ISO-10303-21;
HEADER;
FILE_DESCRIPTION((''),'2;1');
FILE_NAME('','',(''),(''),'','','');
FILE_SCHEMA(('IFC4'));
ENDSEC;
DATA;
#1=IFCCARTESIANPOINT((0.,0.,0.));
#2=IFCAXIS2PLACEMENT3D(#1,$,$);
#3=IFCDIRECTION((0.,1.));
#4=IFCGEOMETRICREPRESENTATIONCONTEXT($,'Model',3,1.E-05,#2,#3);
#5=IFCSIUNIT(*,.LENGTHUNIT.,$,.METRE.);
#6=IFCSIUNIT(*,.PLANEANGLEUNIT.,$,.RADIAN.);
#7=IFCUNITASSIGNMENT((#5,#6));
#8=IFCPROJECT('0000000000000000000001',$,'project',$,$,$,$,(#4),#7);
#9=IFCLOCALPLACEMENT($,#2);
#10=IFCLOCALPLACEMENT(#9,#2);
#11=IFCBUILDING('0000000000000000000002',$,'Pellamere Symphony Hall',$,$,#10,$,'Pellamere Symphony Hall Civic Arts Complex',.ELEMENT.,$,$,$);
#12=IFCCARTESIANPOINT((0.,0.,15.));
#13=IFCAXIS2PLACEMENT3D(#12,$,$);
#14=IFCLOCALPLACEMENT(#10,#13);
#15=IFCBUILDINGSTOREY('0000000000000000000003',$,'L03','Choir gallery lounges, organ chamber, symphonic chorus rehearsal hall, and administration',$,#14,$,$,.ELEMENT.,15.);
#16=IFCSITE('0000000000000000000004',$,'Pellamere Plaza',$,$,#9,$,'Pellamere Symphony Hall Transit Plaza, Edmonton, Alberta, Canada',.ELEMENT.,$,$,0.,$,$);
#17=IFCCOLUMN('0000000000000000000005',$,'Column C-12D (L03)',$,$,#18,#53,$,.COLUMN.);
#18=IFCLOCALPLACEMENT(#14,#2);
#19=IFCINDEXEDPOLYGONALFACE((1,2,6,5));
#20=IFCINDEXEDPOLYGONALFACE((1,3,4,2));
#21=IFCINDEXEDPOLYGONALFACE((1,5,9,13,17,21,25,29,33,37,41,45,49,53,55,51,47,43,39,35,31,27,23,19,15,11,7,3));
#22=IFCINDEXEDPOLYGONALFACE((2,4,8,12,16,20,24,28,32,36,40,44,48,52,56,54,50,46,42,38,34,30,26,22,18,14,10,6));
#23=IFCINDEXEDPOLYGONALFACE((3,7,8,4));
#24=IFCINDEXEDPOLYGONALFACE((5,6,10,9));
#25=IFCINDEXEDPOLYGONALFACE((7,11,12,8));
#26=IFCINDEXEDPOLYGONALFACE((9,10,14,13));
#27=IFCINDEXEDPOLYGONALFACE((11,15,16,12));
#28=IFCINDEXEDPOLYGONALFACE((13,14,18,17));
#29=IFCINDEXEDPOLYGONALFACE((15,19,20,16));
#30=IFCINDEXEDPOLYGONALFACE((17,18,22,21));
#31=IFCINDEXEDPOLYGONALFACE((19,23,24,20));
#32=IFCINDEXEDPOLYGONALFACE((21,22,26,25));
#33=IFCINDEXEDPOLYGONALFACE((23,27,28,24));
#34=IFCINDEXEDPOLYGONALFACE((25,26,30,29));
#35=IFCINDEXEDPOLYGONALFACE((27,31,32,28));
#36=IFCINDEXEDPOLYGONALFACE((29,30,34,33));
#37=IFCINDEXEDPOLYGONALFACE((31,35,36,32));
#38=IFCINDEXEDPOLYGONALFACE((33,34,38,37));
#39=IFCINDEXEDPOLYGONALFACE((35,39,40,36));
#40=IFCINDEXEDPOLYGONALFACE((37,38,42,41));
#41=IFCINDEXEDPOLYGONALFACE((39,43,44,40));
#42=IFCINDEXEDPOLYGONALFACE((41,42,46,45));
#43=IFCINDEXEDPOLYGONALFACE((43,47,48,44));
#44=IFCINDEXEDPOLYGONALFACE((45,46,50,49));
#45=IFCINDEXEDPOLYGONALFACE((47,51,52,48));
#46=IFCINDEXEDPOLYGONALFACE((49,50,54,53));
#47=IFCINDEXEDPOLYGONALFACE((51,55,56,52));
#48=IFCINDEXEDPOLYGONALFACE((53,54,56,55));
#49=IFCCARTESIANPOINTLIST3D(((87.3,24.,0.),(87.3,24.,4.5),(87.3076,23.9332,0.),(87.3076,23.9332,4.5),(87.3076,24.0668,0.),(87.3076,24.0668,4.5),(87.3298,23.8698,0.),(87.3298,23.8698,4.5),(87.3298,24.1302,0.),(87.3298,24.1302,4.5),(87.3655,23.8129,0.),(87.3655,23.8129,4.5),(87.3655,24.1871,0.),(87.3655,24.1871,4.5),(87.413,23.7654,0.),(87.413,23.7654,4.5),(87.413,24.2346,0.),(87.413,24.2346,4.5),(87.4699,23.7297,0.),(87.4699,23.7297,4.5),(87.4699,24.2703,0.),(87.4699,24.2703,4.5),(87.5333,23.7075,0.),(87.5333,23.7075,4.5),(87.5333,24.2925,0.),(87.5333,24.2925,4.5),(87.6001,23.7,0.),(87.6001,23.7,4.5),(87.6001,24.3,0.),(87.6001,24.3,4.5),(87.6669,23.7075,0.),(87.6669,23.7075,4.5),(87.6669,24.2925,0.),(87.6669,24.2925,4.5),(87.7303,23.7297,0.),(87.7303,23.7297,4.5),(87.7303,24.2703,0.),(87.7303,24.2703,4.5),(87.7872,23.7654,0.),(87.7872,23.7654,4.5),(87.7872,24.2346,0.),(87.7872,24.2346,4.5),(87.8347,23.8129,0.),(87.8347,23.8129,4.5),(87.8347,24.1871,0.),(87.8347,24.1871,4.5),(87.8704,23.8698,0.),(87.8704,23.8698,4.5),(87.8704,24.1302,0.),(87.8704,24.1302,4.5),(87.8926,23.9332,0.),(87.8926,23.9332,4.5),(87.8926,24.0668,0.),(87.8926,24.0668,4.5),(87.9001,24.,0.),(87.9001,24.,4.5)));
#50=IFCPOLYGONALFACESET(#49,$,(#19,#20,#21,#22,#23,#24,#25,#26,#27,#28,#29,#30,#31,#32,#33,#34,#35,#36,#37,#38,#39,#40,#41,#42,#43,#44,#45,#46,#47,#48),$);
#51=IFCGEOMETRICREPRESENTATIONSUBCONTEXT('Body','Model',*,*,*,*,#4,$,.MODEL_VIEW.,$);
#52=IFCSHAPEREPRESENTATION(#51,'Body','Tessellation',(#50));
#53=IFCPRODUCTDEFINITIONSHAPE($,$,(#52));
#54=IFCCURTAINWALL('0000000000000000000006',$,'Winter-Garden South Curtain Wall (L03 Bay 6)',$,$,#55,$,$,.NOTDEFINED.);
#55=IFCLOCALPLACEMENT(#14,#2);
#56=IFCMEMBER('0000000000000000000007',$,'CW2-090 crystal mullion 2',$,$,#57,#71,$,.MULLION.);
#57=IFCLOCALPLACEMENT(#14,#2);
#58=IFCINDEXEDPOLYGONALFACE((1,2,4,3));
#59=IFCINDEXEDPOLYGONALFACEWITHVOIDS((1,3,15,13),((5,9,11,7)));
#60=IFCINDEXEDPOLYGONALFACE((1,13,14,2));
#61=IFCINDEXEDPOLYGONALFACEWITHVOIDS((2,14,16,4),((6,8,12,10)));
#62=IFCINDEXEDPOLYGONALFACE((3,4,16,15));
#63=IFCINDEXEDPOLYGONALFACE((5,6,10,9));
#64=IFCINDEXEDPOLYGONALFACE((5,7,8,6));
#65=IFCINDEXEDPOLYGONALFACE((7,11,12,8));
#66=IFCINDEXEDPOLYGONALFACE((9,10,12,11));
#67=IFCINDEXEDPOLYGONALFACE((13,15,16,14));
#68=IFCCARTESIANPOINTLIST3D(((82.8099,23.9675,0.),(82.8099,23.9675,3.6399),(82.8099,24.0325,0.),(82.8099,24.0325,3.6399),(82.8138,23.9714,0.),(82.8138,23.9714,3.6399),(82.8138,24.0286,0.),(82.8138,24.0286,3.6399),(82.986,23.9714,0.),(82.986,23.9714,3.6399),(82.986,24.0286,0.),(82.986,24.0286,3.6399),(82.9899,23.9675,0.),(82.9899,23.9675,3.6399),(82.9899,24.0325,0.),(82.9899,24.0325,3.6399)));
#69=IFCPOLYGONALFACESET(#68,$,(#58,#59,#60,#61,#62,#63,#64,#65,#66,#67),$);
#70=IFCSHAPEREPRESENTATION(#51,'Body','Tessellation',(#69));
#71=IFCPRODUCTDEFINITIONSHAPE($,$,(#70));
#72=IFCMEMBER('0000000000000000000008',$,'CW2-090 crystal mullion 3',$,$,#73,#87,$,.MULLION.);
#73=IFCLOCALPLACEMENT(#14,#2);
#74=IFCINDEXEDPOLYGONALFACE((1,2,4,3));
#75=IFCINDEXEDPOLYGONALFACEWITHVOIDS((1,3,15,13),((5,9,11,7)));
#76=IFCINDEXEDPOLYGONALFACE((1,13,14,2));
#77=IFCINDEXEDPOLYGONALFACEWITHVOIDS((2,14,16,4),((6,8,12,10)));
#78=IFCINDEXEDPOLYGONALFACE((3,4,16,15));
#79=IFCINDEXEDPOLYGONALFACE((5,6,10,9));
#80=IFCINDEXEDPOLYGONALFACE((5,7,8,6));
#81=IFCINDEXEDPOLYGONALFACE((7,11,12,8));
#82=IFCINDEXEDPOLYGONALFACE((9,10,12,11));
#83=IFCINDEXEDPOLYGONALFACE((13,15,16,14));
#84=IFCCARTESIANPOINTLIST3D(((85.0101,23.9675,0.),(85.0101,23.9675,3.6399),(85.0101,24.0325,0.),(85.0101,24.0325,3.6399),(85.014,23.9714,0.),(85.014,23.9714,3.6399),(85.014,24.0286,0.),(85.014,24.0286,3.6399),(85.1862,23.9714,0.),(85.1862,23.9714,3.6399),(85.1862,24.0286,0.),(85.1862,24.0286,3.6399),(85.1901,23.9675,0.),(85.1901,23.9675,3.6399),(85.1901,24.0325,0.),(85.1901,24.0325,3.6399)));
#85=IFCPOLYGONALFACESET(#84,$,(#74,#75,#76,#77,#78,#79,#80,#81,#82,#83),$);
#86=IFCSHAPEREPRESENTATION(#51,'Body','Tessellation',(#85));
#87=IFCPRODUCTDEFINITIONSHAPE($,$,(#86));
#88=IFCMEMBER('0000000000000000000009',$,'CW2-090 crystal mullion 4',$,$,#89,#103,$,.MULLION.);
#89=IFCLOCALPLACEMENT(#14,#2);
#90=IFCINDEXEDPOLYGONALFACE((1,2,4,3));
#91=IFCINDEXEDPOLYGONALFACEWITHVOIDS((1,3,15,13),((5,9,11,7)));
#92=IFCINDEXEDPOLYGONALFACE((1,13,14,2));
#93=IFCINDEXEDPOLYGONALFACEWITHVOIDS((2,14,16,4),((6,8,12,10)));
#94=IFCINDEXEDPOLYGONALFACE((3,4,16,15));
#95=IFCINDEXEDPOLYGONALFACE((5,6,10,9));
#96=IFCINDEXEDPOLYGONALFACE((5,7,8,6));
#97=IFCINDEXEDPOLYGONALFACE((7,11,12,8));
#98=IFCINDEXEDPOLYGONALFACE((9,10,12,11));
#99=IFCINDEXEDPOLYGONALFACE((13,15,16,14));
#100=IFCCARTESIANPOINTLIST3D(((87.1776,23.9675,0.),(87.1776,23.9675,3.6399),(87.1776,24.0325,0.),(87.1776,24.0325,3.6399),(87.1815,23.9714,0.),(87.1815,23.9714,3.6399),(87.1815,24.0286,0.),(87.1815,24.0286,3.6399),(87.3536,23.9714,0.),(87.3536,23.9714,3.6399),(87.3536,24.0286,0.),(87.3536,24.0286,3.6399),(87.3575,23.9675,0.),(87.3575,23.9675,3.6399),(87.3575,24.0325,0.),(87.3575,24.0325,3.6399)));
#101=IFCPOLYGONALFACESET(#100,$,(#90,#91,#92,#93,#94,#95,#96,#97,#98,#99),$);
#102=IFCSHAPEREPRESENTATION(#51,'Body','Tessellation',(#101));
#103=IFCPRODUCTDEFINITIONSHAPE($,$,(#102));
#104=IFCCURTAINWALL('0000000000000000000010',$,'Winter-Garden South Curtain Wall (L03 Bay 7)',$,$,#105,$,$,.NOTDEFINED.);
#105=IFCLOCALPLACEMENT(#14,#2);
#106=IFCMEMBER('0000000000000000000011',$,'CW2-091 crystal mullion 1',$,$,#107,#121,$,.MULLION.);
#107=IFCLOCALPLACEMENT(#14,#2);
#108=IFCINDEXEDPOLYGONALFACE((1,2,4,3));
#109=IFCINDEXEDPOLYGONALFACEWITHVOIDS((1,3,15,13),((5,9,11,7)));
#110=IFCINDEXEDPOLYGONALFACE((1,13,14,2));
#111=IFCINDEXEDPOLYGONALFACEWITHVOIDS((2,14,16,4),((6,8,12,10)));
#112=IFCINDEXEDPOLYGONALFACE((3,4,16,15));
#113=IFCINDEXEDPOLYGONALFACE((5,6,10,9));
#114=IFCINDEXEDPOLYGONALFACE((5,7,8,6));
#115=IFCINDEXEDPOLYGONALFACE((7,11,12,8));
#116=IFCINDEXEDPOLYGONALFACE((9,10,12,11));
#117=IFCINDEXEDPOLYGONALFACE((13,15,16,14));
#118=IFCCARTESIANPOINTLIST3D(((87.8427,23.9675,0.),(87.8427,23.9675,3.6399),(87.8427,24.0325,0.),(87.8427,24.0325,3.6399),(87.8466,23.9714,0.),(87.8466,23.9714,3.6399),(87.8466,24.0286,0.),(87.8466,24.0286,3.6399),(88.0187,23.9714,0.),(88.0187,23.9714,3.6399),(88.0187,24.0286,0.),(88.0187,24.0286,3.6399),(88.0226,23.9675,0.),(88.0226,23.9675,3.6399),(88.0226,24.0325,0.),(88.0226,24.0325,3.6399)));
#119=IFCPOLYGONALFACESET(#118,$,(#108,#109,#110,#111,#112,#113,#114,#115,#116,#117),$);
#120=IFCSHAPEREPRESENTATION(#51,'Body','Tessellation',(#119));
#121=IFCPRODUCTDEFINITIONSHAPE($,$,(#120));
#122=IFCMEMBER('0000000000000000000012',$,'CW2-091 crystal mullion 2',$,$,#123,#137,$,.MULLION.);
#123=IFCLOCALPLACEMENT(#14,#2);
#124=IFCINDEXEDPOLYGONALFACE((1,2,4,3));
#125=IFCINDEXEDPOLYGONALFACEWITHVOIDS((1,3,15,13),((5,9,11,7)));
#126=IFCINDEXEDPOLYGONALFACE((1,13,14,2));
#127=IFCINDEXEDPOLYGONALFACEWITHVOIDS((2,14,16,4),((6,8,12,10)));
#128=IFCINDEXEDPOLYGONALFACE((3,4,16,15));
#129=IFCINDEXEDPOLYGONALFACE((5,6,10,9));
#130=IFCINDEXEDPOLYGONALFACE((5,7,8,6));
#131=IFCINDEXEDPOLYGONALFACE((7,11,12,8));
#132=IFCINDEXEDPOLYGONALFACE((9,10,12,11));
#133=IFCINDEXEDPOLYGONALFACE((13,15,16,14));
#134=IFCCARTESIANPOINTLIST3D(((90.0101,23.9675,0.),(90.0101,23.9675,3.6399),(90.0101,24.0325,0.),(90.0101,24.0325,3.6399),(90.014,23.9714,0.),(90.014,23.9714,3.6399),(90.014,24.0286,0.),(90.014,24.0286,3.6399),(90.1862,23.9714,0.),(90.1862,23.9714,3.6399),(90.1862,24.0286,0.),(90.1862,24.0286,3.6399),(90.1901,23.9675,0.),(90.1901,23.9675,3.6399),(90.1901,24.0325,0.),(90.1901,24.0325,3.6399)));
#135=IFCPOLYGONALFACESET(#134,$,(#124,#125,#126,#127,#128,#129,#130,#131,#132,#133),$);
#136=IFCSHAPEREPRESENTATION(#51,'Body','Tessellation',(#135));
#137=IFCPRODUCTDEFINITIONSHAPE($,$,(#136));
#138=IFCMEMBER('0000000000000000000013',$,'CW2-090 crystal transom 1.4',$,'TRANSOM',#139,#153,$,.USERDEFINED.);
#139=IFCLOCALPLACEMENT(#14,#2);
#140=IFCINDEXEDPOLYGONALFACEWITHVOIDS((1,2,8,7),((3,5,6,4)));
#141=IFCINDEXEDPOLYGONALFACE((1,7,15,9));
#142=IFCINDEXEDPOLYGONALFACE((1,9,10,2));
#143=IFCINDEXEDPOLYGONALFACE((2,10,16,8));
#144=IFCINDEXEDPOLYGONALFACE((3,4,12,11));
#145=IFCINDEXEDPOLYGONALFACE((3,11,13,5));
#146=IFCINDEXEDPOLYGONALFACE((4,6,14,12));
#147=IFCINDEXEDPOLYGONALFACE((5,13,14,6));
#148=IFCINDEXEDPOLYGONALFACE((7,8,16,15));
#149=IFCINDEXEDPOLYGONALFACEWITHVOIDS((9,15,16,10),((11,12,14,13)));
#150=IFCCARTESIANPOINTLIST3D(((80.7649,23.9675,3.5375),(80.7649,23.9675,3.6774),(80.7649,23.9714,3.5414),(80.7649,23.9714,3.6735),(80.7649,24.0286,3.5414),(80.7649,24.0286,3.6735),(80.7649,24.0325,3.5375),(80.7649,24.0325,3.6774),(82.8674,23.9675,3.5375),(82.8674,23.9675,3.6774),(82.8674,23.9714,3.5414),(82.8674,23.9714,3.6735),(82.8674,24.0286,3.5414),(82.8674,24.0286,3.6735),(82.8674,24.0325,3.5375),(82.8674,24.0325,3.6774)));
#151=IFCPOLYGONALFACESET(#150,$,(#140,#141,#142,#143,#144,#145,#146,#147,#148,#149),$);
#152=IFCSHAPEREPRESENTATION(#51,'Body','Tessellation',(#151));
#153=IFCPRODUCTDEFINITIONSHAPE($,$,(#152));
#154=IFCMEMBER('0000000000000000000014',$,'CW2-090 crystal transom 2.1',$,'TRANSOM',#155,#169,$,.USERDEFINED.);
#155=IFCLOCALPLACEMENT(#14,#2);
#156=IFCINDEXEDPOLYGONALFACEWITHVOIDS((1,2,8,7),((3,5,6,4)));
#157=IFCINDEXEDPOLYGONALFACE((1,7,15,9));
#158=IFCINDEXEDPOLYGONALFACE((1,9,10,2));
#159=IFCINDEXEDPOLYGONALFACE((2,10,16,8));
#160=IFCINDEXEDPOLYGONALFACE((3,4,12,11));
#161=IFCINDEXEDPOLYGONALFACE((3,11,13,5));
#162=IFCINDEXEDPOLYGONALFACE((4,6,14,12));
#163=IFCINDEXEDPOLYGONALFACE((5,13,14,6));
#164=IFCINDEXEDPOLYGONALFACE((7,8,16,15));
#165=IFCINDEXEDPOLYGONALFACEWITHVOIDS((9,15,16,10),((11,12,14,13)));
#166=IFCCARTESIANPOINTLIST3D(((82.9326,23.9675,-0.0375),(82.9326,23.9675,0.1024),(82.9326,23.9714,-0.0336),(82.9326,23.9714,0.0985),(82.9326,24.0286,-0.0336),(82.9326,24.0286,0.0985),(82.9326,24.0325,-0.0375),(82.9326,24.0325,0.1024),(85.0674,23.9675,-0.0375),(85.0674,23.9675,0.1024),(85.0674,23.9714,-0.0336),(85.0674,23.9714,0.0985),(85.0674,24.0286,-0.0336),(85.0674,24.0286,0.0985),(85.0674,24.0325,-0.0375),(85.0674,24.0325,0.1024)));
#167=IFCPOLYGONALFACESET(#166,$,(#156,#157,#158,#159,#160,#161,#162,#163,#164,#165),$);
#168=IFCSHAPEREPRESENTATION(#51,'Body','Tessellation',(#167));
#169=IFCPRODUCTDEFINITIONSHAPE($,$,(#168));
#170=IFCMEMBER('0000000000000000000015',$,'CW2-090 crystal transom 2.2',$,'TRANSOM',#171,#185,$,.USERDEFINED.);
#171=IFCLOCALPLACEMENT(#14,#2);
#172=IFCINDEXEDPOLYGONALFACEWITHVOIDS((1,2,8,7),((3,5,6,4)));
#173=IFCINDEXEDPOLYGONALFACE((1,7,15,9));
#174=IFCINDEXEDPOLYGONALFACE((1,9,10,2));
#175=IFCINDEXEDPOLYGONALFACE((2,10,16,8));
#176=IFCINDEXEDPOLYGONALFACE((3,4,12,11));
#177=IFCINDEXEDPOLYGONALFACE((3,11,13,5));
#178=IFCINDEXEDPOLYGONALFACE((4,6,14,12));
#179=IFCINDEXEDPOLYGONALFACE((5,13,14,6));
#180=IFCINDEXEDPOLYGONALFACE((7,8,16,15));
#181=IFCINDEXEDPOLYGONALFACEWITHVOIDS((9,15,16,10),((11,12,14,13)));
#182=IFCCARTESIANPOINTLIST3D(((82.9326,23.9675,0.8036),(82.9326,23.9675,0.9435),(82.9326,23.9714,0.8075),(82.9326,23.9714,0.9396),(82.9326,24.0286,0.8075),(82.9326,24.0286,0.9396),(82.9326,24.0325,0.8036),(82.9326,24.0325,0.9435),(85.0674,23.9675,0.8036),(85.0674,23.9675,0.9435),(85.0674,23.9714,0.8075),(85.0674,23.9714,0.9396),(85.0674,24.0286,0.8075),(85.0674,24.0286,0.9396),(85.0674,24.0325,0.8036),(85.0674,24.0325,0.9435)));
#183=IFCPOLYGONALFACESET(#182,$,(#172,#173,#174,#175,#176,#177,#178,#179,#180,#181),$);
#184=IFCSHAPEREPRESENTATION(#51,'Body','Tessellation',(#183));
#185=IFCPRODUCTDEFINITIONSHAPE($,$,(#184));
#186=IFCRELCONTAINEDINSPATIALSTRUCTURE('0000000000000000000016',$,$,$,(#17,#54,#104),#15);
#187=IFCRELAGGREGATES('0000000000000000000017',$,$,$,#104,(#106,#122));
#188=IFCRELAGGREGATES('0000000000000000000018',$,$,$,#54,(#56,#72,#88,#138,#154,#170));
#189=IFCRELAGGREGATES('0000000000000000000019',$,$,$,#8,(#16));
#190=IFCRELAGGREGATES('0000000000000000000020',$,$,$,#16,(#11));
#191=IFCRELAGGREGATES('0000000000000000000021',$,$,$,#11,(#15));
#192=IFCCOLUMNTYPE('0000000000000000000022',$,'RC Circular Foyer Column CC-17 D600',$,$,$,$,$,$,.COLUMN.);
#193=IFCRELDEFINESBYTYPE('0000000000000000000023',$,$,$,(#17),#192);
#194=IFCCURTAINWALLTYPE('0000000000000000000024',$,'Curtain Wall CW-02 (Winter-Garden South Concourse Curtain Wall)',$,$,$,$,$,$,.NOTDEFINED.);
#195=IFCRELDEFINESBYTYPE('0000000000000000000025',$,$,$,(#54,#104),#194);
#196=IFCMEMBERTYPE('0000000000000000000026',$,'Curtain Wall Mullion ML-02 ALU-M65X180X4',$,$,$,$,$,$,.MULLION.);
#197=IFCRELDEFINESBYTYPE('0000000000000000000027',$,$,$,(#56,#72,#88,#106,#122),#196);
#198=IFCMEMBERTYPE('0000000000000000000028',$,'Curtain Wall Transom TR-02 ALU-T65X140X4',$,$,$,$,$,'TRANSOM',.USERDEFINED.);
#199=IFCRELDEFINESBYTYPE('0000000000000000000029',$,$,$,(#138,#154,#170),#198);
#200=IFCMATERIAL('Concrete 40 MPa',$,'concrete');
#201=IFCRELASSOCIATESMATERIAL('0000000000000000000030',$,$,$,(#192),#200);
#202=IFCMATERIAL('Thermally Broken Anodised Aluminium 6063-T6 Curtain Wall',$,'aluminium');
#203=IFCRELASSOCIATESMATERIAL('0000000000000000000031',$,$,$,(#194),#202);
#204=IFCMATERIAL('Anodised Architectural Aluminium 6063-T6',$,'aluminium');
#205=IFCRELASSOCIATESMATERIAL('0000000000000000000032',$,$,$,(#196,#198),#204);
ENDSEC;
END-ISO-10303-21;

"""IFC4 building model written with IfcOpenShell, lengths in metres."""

from ifc_helpers import new_model, si_unit, direction, frame, origin, origin_2d, place, context, subcontext, project, spatial, hollow_rectangle, circle, extrude, material, material_profile, profile_set, type_object, element, aggregate, save


model = new_model("IFC4")

# Units and contexts
model_context = context("Model", 3, precision=1e-05, world=origin(), true_north=direction((0.0, 1.0)))
body_context = subcontext(model_context, "Body", "Model", "MODEL_VIEW")
ifc_project = project(units=[si_unit("LENGTHUNIT", "METRE"), si_unit("PLANEANGLEUNIT", "RADIAN")], contexts=[model_context])

# Site, building, storey
site_placement = place(None, origin())
site = spatial("IfcSite", under=ifc_project, at=site_placement, Name="Pellamere Plaza", LongName="Pellamere Symphony Hall Transit Plaza, Edmonton, Alberta, Canada", CompositionType="ELEMENT", RefElevation=0.0)
building_placement = place(site_placement, origin())
building = spatial("IfcBuilding", under=site, at=building_placement, Name="Pellamere Symphony Hall", LongName="Pellamere Symphony Hall Civic Arts Complex", CompositionType="ELEMENT")
storey_placement = place(building_placement, frame((0.0, 0.0, 15.0)))
storey = spatial("IfcBuildingStorey", under=building, at=storey_placement, Name="L03", Description="Choir gallery lounges, organ chamber, symphonic chorus rehearsal hall, and administration", CompositionType="ELEMENT", Elevation=15.0)

# Column
ifc_material_1 = material(Name="Concrete 40 MPa", Category="concrete")
ifc_material_profile_1 = material_profile(ifc_material_1, circle(Radius=0.3, at=origin_2d()), Name="RCCOL D600")
ifc_profile_set_1 = profile_set([ifc_material_profile_1], Name="Concrete 40 MPa")
column_type = type_object("IfcColumnType", Name="RC Circular Foyer Column CC-17 D600", PredefinedType="COLUMN", material=ifc_profile_set_1)
column_placement = place(storey_placement, frame((87.6001, 24.0, 0.0), z_axis=(0.0, 0.0, 1.0), x_axis=(1.0, 0.0, 0.0)))
element("IfcColumn", 1, at=column_placement, inside=storey, type_object=column_type, Name="Column C-12D (L03)", PredefinedType="COLUMN", context=body_context, shape_type="SweptSolid", body=[
    extrude(circle(Radius=0.3, at=origin_2d()), origin(), (0.0, 0.0, 1.0), 4.5),
])

# Curtain walls, members
ifc_material_2 = material(Name="Thermally Broken Anodised Aluminium 6063-T6 Curtain Wall", Category="aluminium")
curtain_wall_type = type_object("IfcCurtainWallType", Name="Curtain Wall CW-02 (Winter-Garden South Concourse Curtain Wall)", PredefinedType="NOTDEFINED", material=ifc_material_2)
curtain_wall_1_placement = place(storey_placement, origin())
curtain_wall_1 = element("IfcCurtainWall", 2, at=curtain_wall_1_placement, inside=storey, type_object=curtain_wall_type, Name="Winter-Garden South Curtain Wall (L03 Bay 6)", PredefinedType="NOTDEFINED")
ifc_material_3 = material(Name="Anodised Architectural Aluminium 6063-T6", Category="aluminium")
ifc_material_profile_2 = material_profile(ifc_material_3, hollow_rectangle(XDim=0.0649, YDim=0.1799, WallThickness=0.0039, at=origin_2d()), Name="ALU-M65X180X4")
ifc_profile_set_2 = profile_set([ifc_material_profile_2], Name="Anodised Architectural Aluminium 6063-T6")
member_type_1 = type_object("IfcMemberType", Name="Curtain Wall Mullion ML-02 ALU-M65X180X4", PredefinedType="MULLION", material=ifc_profile_set_2)
member_1_placement = place(storey_placement, frame((82.8999, 24.0, 0.0), z_axis=(0.0, 0.0, 1.0), x_axis=(0.0, 1.0, 0.0)))
member_1 = element("IfcMember", 3, at=member_1_placement, type_object=member_type_1, Name="CW2-090 crystal mullion 2", PredefinedType="MULLION", context=body_context, shape_type="SweptSolid", body=[
    extrude(hollow_rectangle(XDim=0.0649, YDim=0.1799, WallThickness=0.0039, at=origin_2d()), origin(), (0.0, 0.0, 1.0), 3.6399),
])
member_2_placement = place(storey_placement, frame((85.1001, 24.0, 0.0), z_axis=(0.0, 0.0, 1.0), x_axis=(0.0, 1.0, 0.0)))
member_2 = element("IfcMember", 4, at=member_2_placement, type_object=member_type_1, Name="CW2-090 crystal mullion 3", PredefinedType="MULLION", context=body_context, shape_type="SweptSolid", body=[
    extrude(hollow_rectangle(XDim=0.0649, YDim=0.1799, WallThickness=0.0039, at=origin_2d()), origin(), (0.0, 0.0, 1.0), 3.6399),
])
member_3_placement = place(storey_placement, frame((87.2676, 24.0, 0.0), z_axis=(0.0, 0.0, 1.0), x_axis=(0.0, 1.0, 0.0)))
member_3 = element("IfcMember", 5, at=member_3_placement, type_object=member_type_1, Name="CW2-090 crystal mullion 4", PredefinedType="MULLION", context=body_context, shape_type="SweptSolid", body=[
    extrude(hollow_rectangle(XDim=0.0649, YDim=0.1799, WallThickness=0.0039, at=origin_2d()), origin(), (0.0, 0.0, 1.0), 3.6399),
])
curtain_wall_2_placement = place(storey_placement, origin())
curtain_wall_2 = element("IfcCurtainWall", 6, at=curtain_wall_2_placement, inside=storey, type_object=curtain_wall_type, Name="Winter-Garden South Curtain Wall (L03 Bay 7)", PredefinedType="NOTDEFINED")
member_4_placement = place(storey_placement, frame((87.9326, 24.0, 0.0), z_axis=(0.0, 0.0, 1.0), x_axis=(0.0, 1.0, 0.0)))
member_4 = element("IfcMember", 7, at=member_4_placement, type_object=member_type_1, Name="CW2-091 crystal mullion 1", PredefinedType="MULLION", context=body_context, shape_type="SweptSolid", body=[
    extrude(hollow_rectangle(XDim=0.0649, YDim=0.1799, WallThickness=0.0039, at=origin_2d()), origin(), (0.0, 0.0, 1.0), 3.6399),
])
member_5_placement = place(storey_placement, frame((90.1001, 24.0, 0.0), z_axis=(0.0, 0.0, 1.0), x_axis=(0.0, 1.0, 0.0)))
member_5 = element("IfcMember", 8, at=member_5_placement, type_object=member_type_1, Name="CW2-091 crystal mullion 2", PredefinedType="MULLION", context=body_context, shape_type="SweptSolid", body=[
    extrude(hollow_rectangle(XDim=0.0649, YDim=0.1799, WallThickness=0.0039, at=origin_2d()), origin(), (0.0, 0.0, 1.0), 3.6399),
])

# Members
ifc_material_profile_3 = material_profile(ifc_material_3, hollow_rectangle(XDim=0.0649, YDim=0.1399, WallThickness=0.0039, at=origin_2d()), Name="ALU-T65X140X4")
ifc_profile_set_3 = profile_set([ifc_material_profile_3], Name="Anodised Architectural Aluminium 6063-T6")
member_type_2 = type_object("IfcMemberType", Name="Curtain Wall Transom TR-02 ALU-T65X140X4", ElementType="TRANSOM", PredefinedType="USERDEFINED", material=ifc_profile_set_3)
member_6_placement = place(storey_placement, frame((80.7649, 24.0, 3.6074), z_axis=(1.0, 0.0, 0.0), x_axis=(0.0, 1.0, 0.0)))
member_6 = element("IfcMember", 9, at=member_6_placement, type_object=member_type_2, Name="CW2-090 crystal transom 1.4", ObjectType="TRANSOM", PredefinedType="USERDEFINED", context=body_context, shape_type="SweptSolid", body=[
    extrude(hollow_rectangle(XDim=0.0649, YDim=0.1399, WallThickness=0.0039, at=origin_2d()), origin(), (0.0, 0.0, 1.0), 2.1025),
])
member_7_placement = place(storey_placement, frame((82.9326, 24.0, 0.0325), z_axis=(1.0, 0.0, 0.0), x_axis=(0.0, 1.0, 0.0)))
member_7 = element("IfcMember", 10, at=member_7_placement, type_object=member_type_2, Name="CW2-090 crystal transom 2.1", ObjectType="TRANSOM", PredefinedType="USERDEFINED", context=body_context, shape_type="SweptSolid", body=[
    extrude(hollow_rectangle(XDim=0.0649, YDim=0.1399, WallThickness=0.0039, at=origin_2d()), origin(), (0.0, 0.0, 1.0), 2.1348),
])
member_8_placement = place(storey_placement, frame((82.9326, 24.0, 0.8735), z_axis=(1.0, 0.0, 0.0), x_axis=(0.0, 1.0, 0.0)))
member_8 = element("IfcMember", 11, at=member_8_placement, type_object=member_type_2, Name="CW2-090 crystal transom 2.2", ObjectType="TRANSOM", PredefinedType="USERDEFINED", context=body_context, shape_type="SweptSolid", body=[
    extrude(hollow_rectangle(XDim=0.0649, YDim=0.1399, WallThickness=0.0039, at=origin_2d()), origin(), (0.0, 0.0, 1.0), 2.1348),
])

aggregate(curtain_wall_2, [member_4, member_5])
aggregate(curtain_wall_1, [member_1, member_2, member_3, member_6, member_7, member_8])

save(model, "model.ifc")
